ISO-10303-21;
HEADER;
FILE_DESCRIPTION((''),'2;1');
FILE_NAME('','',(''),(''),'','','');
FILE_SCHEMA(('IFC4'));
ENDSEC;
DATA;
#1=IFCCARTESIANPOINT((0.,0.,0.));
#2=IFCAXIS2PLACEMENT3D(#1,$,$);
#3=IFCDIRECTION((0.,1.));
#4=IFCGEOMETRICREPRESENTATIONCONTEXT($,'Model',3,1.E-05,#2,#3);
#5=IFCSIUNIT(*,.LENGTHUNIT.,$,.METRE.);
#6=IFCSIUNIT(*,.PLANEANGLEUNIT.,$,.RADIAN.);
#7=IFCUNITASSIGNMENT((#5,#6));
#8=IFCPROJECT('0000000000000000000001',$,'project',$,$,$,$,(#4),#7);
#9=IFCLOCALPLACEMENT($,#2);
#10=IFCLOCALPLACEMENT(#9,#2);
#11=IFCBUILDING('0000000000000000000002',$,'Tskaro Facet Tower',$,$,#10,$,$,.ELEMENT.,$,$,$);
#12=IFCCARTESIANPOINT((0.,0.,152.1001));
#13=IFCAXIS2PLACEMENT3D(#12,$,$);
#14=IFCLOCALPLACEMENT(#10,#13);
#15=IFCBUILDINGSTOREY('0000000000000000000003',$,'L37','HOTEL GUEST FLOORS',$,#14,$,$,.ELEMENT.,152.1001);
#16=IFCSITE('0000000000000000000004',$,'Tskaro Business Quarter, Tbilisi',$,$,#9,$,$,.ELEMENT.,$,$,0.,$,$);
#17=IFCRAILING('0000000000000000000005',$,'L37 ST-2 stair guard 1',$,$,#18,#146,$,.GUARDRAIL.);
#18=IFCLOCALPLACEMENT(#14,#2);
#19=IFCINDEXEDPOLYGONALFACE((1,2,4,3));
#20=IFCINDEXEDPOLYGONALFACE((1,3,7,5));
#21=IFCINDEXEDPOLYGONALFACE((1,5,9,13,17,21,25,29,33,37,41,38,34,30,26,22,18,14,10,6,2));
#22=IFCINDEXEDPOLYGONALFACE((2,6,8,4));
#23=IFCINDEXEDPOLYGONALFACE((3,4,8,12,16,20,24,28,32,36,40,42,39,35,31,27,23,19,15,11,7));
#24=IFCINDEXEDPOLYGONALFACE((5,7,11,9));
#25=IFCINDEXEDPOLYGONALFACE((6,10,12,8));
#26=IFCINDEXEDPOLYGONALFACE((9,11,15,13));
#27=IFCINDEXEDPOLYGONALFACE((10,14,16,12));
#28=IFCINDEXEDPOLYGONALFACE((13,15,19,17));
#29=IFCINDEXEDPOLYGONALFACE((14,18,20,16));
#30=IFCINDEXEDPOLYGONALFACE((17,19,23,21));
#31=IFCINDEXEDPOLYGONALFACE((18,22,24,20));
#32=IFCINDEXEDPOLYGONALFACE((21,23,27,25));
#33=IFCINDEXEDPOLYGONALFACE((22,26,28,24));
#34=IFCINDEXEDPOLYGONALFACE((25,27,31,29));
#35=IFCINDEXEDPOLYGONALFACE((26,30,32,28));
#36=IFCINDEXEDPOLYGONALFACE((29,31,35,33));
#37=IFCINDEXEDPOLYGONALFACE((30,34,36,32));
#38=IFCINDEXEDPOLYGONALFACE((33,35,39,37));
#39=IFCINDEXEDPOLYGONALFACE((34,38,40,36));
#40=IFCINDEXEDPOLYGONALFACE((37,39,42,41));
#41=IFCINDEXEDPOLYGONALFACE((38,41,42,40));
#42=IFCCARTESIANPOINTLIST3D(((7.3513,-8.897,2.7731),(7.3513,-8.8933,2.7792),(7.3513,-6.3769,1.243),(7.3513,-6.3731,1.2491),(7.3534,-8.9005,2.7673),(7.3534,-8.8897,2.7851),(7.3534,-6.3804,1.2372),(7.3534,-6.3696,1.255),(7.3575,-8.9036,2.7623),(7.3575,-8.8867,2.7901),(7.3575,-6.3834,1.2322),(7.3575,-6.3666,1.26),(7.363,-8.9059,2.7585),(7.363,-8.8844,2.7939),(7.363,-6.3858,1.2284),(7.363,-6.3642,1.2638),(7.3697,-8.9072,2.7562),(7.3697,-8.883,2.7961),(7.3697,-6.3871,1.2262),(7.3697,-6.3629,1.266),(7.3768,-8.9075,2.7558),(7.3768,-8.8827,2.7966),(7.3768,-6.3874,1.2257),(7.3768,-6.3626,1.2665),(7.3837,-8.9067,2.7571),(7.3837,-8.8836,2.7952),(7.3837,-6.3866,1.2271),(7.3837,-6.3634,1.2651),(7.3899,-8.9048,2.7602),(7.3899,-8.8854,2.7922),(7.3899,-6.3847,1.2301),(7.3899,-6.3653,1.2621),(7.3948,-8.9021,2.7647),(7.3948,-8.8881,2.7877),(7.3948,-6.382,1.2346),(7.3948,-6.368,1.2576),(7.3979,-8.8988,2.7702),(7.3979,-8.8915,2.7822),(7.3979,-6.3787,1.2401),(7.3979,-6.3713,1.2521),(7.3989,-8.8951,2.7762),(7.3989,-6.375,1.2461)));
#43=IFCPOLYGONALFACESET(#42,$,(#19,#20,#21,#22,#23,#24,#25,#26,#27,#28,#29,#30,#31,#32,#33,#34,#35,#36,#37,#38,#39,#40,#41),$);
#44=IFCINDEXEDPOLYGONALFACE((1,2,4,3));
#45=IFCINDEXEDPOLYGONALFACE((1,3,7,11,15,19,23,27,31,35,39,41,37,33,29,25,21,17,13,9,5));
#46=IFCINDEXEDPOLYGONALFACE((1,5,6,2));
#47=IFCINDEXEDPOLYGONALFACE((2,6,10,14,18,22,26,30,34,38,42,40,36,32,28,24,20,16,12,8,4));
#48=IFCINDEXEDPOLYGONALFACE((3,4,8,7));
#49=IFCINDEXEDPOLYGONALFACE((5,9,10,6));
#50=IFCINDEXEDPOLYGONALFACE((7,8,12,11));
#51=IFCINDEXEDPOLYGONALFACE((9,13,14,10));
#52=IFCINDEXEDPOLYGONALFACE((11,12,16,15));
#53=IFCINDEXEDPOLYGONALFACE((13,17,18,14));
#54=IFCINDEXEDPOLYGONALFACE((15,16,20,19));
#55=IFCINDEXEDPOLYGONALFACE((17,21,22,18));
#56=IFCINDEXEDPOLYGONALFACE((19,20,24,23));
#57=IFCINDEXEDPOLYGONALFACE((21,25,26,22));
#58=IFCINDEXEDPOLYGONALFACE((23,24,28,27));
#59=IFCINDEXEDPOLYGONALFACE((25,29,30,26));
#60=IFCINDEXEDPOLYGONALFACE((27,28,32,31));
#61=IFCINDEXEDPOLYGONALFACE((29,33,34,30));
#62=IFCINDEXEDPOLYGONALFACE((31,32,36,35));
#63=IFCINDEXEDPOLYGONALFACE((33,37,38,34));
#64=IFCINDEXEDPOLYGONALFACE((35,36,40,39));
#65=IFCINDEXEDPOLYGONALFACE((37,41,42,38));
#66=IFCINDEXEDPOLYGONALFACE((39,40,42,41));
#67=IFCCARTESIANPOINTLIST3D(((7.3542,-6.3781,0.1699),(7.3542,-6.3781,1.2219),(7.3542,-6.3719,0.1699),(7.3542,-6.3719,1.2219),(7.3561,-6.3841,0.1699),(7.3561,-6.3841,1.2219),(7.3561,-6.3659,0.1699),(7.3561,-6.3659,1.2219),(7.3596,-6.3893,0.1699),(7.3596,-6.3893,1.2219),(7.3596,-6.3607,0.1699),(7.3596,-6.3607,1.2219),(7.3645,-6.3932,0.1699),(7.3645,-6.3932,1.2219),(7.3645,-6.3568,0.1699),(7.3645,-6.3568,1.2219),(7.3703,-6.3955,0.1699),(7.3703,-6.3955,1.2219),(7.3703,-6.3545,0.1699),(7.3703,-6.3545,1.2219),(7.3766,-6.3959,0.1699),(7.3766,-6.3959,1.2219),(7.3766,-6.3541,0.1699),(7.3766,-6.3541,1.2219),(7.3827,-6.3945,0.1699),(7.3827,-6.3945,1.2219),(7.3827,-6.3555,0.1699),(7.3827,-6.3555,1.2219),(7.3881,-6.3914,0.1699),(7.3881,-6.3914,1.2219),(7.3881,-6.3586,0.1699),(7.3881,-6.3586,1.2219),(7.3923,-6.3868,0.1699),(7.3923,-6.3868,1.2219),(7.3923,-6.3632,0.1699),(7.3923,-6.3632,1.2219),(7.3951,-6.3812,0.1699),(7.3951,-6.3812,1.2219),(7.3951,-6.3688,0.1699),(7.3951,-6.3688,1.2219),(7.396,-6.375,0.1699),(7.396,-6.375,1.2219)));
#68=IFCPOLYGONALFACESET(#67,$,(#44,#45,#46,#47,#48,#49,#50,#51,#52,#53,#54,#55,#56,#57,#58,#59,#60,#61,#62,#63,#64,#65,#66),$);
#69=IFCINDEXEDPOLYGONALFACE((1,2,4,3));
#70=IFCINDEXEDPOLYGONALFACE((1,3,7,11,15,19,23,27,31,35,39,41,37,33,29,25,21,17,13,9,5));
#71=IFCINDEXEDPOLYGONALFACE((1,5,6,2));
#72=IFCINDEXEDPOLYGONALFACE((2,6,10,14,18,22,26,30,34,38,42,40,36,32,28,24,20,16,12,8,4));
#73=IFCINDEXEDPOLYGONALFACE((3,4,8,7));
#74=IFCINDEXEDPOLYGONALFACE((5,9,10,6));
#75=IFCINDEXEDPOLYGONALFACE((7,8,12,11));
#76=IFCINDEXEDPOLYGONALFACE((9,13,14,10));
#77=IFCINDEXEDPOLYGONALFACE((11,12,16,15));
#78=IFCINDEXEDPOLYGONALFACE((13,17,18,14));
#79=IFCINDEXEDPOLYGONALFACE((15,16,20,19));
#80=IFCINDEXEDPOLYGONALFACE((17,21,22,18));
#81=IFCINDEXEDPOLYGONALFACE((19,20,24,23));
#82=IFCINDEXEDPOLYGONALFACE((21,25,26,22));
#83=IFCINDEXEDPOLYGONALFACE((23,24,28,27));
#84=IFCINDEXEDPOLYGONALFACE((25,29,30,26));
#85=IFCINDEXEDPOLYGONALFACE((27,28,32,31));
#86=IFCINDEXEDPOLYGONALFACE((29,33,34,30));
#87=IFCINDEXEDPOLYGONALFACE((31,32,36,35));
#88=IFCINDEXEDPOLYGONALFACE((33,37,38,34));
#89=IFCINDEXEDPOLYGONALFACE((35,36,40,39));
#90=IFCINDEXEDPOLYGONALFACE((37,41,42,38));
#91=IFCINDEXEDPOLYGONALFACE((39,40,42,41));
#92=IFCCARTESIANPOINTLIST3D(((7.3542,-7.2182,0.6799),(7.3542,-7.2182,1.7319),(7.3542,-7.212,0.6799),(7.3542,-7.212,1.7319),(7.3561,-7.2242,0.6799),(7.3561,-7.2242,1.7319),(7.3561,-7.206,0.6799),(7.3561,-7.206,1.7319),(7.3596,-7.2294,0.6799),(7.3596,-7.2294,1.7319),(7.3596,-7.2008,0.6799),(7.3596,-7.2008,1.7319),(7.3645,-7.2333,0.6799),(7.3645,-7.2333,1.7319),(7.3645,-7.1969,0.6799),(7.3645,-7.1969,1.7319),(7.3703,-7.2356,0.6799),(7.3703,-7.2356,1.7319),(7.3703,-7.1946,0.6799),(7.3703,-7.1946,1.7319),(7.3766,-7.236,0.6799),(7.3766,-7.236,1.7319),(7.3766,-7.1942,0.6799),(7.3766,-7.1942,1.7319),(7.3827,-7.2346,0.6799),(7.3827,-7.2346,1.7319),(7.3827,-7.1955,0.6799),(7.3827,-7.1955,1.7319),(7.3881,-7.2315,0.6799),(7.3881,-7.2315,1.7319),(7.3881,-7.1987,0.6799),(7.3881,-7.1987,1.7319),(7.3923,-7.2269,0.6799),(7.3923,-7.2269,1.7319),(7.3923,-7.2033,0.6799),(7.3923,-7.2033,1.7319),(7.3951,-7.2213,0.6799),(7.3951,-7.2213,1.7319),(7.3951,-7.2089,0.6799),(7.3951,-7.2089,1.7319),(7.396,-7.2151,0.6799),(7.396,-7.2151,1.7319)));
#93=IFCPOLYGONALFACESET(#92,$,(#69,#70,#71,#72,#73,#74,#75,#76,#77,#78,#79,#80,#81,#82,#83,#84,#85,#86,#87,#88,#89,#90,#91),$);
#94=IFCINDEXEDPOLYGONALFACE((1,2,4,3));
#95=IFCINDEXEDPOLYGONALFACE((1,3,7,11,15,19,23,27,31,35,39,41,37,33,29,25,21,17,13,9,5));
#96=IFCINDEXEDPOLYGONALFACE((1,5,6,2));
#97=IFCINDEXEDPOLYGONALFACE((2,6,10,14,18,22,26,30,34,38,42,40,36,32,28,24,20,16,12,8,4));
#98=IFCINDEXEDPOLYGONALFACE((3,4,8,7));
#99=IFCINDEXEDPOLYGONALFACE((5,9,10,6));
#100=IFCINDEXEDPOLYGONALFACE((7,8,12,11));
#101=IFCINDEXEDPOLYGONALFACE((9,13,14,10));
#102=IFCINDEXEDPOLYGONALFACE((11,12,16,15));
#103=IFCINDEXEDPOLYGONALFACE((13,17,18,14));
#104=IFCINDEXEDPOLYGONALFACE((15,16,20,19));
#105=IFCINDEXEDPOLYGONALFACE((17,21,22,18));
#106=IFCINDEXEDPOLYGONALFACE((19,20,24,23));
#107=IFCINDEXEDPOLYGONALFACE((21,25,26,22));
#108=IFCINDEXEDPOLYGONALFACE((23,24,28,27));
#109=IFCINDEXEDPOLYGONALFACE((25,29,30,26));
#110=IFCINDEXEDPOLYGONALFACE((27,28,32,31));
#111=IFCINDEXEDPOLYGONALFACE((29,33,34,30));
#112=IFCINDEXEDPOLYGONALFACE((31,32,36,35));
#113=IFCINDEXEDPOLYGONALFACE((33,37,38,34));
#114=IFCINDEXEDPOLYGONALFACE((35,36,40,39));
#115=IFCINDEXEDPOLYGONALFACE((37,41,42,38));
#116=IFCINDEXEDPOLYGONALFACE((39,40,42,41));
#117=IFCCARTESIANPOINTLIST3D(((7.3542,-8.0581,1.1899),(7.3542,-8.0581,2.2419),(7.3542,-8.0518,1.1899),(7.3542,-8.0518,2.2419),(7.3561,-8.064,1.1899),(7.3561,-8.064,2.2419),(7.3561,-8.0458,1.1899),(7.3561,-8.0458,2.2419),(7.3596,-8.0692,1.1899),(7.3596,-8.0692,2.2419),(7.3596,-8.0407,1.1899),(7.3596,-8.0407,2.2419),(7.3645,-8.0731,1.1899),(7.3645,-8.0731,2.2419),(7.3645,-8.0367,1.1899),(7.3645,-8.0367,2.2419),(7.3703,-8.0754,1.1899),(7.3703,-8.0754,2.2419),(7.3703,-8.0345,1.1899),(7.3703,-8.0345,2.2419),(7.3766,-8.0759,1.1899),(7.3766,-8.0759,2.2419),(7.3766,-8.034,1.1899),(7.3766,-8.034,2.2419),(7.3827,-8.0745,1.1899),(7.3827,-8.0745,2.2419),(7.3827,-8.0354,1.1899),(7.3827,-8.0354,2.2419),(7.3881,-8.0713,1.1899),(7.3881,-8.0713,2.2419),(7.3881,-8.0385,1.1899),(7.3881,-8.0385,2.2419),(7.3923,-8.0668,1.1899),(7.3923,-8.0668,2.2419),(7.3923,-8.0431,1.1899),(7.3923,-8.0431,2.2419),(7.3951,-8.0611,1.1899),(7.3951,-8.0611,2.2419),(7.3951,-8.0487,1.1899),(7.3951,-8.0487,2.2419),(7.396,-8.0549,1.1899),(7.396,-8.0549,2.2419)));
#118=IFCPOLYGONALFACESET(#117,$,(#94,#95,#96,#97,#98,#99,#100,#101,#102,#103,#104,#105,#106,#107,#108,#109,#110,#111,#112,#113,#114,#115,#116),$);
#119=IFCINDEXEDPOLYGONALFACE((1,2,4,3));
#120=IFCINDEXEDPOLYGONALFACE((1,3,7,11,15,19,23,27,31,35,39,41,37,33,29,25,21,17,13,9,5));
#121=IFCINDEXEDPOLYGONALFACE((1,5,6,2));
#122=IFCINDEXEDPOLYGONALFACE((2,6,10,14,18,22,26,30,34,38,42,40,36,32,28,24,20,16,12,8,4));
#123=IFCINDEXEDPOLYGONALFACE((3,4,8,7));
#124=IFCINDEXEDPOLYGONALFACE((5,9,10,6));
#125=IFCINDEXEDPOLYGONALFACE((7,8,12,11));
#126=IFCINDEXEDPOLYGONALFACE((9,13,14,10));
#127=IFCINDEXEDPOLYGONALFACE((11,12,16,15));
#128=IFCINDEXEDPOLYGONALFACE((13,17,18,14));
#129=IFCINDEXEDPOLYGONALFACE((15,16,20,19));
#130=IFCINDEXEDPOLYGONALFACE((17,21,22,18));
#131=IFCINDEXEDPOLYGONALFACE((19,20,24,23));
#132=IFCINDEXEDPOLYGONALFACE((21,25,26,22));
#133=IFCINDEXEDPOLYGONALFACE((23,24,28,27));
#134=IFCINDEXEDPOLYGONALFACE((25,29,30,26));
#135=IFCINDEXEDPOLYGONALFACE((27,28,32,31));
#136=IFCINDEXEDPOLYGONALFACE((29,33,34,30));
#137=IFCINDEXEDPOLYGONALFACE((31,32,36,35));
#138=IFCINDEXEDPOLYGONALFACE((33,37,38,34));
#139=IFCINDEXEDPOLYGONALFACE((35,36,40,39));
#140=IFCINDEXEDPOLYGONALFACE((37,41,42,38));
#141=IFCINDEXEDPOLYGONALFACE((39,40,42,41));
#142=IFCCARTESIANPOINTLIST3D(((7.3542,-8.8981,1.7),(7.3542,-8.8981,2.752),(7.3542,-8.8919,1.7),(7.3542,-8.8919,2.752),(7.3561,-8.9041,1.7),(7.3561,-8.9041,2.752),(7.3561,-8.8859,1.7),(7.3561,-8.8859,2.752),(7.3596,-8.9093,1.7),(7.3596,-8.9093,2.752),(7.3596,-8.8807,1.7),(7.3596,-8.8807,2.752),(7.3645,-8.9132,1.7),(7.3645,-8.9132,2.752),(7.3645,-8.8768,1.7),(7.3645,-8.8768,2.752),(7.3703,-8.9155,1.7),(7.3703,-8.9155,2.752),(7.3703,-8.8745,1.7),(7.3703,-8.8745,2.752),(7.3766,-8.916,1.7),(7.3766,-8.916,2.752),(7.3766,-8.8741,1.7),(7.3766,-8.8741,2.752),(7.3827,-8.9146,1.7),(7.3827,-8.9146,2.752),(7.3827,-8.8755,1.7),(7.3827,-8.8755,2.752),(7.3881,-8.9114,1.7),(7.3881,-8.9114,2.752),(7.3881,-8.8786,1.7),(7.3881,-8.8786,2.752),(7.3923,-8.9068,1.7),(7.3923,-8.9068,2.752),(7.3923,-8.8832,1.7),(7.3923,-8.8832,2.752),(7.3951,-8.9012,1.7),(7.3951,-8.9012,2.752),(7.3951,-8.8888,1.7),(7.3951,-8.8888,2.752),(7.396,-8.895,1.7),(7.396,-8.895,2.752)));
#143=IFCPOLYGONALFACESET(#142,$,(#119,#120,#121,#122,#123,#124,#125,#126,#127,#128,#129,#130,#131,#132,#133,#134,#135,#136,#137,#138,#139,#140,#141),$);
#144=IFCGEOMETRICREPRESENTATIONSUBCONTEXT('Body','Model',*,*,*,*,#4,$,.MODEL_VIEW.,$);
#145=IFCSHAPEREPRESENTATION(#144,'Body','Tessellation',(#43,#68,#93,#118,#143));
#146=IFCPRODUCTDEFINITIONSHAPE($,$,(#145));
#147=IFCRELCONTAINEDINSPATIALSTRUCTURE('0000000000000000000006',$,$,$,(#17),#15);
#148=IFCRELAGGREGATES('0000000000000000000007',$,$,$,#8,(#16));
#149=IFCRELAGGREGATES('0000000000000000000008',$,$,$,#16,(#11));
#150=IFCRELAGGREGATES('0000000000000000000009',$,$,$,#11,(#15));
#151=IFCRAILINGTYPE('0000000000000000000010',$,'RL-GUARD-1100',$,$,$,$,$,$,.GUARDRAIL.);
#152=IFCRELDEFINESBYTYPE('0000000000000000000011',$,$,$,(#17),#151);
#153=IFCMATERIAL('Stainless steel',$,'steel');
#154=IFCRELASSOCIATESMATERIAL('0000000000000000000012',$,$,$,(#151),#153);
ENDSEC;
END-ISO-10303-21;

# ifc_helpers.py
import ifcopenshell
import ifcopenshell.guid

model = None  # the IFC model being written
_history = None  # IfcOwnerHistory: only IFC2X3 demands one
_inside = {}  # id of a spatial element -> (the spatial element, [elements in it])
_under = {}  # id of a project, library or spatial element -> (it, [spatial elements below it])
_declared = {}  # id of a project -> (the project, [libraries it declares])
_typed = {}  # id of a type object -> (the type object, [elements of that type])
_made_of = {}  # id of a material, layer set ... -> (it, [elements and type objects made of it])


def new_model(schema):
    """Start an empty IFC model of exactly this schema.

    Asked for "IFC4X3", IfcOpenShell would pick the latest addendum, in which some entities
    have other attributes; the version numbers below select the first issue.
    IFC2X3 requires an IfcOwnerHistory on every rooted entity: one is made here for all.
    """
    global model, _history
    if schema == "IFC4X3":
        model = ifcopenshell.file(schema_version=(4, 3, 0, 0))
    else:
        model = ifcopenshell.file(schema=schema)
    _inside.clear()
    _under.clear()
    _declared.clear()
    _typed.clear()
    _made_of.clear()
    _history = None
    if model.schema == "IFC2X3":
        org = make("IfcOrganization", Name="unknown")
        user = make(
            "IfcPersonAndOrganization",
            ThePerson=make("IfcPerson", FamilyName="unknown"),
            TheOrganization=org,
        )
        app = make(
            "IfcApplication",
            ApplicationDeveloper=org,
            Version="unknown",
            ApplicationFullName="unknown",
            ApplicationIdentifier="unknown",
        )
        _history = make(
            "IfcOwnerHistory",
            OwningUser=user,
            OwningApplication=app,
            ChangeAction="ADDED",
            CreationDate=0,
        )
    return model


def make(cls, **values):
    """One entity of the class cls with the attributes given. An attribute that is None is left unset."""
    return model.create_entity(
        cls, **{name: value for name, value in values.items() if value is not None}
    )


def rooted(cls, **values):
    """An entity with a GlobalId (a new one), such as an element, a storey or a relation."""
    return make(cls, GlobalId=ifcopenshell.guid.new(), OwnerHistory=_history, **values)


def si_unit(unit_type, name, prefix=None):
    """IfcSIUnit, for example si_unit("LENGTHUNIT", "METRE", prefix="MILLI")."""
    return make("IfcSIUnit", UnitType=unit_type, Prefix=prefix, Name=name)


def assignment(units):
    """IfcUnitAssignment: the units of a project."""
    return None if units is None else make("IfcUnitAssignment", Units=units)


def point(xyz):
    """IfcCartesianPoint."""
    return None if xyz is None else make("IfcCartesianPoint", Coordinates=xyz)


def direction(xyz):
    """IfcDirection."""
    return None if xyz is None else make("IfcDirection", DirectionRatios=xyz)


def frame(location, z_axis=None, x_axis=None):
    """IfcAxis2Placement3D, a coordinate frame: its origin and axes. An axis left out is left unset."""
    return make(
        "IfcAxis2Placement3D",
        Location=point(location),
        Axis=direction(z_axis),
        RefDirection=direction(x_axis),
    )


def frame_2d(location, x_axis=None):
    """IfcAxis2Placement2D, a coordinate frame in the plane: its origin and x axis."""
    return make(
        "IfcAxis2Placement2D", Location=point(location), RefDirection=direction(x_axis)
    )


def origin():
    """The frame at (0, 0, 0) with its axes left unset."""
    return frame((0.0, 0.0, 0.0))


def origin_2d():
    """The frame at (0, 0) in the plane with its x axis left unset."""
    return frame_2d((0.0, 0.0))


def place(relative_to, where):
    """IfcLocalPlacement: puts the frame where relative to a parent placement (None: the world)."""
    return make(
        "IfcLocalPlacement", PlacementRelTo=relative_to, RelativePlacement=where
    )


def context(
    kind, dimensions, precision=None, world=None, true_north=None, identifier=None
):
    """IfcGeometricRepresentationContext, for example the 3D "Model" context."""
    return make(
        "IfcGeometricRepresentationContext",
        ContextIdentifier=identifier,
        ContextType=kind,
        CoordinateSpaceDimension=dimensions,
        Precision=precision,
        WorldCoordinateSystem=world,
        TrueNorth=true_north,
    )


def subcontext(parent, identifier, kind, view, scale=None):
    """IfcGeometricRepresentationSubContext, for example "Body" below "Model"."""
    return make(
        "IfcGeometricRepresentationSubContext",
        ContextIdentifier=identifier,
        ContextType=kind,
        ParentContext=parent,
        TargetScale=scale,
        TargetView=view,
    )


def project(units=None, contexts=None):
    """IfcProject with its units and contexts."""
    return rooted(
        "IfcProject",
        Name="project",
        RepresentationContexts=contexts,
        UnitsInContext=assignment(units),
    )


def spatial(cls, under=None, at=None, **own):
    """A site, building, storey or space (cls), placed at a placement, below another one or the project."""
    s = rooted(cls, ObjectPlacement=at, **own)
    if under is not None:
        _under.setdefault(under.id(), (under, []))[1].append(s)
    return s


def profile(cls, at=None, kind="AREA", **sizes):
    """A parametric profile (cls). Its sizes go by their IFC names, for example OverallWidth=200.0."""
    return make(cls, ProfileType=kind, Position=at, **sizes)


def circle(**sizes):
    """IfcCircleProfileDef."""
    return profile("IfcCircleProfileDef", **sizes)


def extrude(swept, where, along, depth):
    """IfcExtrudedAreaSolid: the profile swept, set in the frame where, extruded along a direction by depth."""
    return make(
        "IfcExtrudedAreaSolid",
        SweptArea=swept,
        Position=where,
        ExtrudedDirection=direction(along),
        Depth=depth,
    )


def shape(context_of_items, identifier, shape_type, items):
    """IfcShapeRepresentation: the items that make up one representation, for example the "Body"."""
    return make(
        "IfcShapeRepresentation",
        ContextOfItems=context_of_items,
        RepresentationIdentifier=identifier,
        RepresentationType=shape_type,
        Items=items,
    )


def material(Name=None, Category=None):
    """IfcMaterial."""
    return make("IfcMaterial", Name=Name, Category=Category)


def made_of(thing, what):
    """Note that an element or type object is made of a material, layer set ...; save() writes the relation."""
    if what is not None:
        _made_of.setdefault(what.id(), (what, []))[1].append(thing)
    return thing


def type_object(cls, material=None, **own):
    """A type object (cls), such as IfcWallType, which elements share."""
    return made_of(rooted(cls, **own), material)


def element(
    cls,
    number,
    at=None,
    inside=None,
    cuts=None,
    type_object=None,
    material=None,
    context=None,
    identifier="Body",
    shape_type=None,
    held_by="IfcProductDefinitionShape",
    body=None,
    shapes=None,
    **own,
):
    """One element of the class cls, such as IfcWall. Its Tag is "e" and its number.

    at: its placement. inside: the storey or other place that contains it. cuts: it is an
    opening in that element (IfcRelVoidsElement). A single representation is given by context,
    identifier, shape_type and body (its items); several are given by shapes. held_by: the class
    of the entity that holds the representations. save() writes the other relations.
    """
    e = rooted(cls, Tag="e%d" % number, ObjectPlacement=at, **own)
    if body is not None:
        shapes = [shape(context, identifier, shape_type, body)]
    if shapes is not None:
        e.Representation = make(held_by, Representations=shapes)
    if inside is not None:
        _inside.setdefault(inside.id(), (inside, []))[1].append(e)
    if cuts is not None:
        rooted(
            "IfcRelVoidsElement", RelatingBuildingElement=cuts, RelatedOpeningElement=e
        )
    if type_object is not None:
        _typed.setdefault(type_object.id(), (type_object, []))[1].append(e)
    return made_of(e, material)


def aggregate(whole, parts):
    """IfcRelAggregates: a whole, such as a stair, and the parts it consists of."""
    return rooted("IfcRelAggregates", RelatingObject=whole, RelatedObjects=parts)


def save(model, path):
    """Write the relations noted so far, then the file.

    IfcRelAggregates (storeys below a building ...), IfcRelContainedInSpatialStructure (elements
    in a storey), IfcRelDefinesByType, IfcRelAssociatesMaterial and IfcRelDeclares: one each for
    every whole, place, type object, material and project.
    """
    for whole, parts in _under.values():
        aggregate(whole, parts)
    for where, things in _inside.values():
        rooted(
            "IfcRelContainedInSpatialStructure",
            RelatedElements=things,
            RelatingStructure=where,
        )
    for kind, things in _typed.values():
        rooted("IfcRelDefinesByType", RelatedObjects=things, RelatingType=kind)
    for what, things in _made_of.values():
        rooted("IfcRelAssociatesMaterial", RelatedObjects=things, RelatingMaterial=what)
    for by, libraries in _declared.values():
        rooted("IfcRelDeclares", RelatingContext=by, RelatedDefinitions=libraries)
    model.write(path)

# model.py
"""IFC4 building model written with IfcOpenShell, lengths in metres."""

from ifc_helpers import new_model, si_unit, direction, frame, origin, origin_2d, place, context, subcontext, project, spatial, circle, extrude, material, type_object, element, save


model = new_model("IFC4")

# Units and contexts
model_context = context("Model", 3, precision=1e-05, world=origin(), true_north=direction((0.0, 1.0)))
body_context = subcontext(model_context, "Body", "Model", "MODEL_VIEW")
ifc_project = project(units=[si_unit("LENGTHUNIT", "METRE"), si_unit("PLANEANGLEUNIT", "RADIAN")], contexts=[model_context])

# Site, building, storey
site_placement = place(None, origin())
site = spatial("IfcSite", under=ifc_project, at=site_placement, Name="Tskaro Business Quarter, Tbilisi", CompositionType="ELEMENT", RefElevation=0.0)
building_placement = place(site_placement, origin())
building = spatial("IfcBuilding", under=site, at=building_placement, Name="Tskaro Facet Tower", CompositionType="ELEMENT")
storey_placement = place(building_placement, frame((0.0, 0.0, 152.1001)))
storey = spatial("IfcBuildingStorey", under=building, at=storey_placement, Name="L37", Description="HOTEL GUEST FLOORS", CompositionType="ELEMENT", Elevation=152.1001)

# Railing
ifc_material_1 = material(Name="Stainless steel", Category="steel")
railing_type_1 = type_object("IfcRailingType", Name="RL-GUARD-1100", PredefinedType="GUARDRAIL", material=ifc_material_1)
railing_1_placement = place(storey_placement, frame((7.375, -6.375, 0.1699)))
element("IfcRailing", 1, at=railing_1_placement, inside=storey, type_object=railing_type_1, Name="L37 ST-2 stair guard 1", PredefinedType="GUARDRAIL", context=body_context, shape_type="SweptSolid", body=[
    extrude(circle(Radius=0.0239, at=origin_2d()), frame((0.0, 0.0, 1.0762), z_axis=(0.0, -0.854785, 0.518982), x_axis=(1.0, 0.0, 0.0)), (0.0, 0.0, 1.0), 2.9482),
    extrude(circle(Radius=0.021, at=origin_2d()), origin(), (0.0, 0.0, 1.0), 1.052),
    extrude(circle(Radius=0.021, at=origin_2d()), frame((0.0, -0.8401, 0.51)), (0.0, 0.0, 1.0), 1.052),
    extrude(circle(Radius=0.021, at=origin_2d()), frame((0.0, -1.6799, 1.02)), (0.0, 0.0, 1.0), 1.052),
    extrude(circle(Radius=0.021, at=origin_2d()), frame((0.0, -2.52, 1.53)), (0.0, 0.0, 1.0), 1.052),
])

save(model, "model.ifc")
